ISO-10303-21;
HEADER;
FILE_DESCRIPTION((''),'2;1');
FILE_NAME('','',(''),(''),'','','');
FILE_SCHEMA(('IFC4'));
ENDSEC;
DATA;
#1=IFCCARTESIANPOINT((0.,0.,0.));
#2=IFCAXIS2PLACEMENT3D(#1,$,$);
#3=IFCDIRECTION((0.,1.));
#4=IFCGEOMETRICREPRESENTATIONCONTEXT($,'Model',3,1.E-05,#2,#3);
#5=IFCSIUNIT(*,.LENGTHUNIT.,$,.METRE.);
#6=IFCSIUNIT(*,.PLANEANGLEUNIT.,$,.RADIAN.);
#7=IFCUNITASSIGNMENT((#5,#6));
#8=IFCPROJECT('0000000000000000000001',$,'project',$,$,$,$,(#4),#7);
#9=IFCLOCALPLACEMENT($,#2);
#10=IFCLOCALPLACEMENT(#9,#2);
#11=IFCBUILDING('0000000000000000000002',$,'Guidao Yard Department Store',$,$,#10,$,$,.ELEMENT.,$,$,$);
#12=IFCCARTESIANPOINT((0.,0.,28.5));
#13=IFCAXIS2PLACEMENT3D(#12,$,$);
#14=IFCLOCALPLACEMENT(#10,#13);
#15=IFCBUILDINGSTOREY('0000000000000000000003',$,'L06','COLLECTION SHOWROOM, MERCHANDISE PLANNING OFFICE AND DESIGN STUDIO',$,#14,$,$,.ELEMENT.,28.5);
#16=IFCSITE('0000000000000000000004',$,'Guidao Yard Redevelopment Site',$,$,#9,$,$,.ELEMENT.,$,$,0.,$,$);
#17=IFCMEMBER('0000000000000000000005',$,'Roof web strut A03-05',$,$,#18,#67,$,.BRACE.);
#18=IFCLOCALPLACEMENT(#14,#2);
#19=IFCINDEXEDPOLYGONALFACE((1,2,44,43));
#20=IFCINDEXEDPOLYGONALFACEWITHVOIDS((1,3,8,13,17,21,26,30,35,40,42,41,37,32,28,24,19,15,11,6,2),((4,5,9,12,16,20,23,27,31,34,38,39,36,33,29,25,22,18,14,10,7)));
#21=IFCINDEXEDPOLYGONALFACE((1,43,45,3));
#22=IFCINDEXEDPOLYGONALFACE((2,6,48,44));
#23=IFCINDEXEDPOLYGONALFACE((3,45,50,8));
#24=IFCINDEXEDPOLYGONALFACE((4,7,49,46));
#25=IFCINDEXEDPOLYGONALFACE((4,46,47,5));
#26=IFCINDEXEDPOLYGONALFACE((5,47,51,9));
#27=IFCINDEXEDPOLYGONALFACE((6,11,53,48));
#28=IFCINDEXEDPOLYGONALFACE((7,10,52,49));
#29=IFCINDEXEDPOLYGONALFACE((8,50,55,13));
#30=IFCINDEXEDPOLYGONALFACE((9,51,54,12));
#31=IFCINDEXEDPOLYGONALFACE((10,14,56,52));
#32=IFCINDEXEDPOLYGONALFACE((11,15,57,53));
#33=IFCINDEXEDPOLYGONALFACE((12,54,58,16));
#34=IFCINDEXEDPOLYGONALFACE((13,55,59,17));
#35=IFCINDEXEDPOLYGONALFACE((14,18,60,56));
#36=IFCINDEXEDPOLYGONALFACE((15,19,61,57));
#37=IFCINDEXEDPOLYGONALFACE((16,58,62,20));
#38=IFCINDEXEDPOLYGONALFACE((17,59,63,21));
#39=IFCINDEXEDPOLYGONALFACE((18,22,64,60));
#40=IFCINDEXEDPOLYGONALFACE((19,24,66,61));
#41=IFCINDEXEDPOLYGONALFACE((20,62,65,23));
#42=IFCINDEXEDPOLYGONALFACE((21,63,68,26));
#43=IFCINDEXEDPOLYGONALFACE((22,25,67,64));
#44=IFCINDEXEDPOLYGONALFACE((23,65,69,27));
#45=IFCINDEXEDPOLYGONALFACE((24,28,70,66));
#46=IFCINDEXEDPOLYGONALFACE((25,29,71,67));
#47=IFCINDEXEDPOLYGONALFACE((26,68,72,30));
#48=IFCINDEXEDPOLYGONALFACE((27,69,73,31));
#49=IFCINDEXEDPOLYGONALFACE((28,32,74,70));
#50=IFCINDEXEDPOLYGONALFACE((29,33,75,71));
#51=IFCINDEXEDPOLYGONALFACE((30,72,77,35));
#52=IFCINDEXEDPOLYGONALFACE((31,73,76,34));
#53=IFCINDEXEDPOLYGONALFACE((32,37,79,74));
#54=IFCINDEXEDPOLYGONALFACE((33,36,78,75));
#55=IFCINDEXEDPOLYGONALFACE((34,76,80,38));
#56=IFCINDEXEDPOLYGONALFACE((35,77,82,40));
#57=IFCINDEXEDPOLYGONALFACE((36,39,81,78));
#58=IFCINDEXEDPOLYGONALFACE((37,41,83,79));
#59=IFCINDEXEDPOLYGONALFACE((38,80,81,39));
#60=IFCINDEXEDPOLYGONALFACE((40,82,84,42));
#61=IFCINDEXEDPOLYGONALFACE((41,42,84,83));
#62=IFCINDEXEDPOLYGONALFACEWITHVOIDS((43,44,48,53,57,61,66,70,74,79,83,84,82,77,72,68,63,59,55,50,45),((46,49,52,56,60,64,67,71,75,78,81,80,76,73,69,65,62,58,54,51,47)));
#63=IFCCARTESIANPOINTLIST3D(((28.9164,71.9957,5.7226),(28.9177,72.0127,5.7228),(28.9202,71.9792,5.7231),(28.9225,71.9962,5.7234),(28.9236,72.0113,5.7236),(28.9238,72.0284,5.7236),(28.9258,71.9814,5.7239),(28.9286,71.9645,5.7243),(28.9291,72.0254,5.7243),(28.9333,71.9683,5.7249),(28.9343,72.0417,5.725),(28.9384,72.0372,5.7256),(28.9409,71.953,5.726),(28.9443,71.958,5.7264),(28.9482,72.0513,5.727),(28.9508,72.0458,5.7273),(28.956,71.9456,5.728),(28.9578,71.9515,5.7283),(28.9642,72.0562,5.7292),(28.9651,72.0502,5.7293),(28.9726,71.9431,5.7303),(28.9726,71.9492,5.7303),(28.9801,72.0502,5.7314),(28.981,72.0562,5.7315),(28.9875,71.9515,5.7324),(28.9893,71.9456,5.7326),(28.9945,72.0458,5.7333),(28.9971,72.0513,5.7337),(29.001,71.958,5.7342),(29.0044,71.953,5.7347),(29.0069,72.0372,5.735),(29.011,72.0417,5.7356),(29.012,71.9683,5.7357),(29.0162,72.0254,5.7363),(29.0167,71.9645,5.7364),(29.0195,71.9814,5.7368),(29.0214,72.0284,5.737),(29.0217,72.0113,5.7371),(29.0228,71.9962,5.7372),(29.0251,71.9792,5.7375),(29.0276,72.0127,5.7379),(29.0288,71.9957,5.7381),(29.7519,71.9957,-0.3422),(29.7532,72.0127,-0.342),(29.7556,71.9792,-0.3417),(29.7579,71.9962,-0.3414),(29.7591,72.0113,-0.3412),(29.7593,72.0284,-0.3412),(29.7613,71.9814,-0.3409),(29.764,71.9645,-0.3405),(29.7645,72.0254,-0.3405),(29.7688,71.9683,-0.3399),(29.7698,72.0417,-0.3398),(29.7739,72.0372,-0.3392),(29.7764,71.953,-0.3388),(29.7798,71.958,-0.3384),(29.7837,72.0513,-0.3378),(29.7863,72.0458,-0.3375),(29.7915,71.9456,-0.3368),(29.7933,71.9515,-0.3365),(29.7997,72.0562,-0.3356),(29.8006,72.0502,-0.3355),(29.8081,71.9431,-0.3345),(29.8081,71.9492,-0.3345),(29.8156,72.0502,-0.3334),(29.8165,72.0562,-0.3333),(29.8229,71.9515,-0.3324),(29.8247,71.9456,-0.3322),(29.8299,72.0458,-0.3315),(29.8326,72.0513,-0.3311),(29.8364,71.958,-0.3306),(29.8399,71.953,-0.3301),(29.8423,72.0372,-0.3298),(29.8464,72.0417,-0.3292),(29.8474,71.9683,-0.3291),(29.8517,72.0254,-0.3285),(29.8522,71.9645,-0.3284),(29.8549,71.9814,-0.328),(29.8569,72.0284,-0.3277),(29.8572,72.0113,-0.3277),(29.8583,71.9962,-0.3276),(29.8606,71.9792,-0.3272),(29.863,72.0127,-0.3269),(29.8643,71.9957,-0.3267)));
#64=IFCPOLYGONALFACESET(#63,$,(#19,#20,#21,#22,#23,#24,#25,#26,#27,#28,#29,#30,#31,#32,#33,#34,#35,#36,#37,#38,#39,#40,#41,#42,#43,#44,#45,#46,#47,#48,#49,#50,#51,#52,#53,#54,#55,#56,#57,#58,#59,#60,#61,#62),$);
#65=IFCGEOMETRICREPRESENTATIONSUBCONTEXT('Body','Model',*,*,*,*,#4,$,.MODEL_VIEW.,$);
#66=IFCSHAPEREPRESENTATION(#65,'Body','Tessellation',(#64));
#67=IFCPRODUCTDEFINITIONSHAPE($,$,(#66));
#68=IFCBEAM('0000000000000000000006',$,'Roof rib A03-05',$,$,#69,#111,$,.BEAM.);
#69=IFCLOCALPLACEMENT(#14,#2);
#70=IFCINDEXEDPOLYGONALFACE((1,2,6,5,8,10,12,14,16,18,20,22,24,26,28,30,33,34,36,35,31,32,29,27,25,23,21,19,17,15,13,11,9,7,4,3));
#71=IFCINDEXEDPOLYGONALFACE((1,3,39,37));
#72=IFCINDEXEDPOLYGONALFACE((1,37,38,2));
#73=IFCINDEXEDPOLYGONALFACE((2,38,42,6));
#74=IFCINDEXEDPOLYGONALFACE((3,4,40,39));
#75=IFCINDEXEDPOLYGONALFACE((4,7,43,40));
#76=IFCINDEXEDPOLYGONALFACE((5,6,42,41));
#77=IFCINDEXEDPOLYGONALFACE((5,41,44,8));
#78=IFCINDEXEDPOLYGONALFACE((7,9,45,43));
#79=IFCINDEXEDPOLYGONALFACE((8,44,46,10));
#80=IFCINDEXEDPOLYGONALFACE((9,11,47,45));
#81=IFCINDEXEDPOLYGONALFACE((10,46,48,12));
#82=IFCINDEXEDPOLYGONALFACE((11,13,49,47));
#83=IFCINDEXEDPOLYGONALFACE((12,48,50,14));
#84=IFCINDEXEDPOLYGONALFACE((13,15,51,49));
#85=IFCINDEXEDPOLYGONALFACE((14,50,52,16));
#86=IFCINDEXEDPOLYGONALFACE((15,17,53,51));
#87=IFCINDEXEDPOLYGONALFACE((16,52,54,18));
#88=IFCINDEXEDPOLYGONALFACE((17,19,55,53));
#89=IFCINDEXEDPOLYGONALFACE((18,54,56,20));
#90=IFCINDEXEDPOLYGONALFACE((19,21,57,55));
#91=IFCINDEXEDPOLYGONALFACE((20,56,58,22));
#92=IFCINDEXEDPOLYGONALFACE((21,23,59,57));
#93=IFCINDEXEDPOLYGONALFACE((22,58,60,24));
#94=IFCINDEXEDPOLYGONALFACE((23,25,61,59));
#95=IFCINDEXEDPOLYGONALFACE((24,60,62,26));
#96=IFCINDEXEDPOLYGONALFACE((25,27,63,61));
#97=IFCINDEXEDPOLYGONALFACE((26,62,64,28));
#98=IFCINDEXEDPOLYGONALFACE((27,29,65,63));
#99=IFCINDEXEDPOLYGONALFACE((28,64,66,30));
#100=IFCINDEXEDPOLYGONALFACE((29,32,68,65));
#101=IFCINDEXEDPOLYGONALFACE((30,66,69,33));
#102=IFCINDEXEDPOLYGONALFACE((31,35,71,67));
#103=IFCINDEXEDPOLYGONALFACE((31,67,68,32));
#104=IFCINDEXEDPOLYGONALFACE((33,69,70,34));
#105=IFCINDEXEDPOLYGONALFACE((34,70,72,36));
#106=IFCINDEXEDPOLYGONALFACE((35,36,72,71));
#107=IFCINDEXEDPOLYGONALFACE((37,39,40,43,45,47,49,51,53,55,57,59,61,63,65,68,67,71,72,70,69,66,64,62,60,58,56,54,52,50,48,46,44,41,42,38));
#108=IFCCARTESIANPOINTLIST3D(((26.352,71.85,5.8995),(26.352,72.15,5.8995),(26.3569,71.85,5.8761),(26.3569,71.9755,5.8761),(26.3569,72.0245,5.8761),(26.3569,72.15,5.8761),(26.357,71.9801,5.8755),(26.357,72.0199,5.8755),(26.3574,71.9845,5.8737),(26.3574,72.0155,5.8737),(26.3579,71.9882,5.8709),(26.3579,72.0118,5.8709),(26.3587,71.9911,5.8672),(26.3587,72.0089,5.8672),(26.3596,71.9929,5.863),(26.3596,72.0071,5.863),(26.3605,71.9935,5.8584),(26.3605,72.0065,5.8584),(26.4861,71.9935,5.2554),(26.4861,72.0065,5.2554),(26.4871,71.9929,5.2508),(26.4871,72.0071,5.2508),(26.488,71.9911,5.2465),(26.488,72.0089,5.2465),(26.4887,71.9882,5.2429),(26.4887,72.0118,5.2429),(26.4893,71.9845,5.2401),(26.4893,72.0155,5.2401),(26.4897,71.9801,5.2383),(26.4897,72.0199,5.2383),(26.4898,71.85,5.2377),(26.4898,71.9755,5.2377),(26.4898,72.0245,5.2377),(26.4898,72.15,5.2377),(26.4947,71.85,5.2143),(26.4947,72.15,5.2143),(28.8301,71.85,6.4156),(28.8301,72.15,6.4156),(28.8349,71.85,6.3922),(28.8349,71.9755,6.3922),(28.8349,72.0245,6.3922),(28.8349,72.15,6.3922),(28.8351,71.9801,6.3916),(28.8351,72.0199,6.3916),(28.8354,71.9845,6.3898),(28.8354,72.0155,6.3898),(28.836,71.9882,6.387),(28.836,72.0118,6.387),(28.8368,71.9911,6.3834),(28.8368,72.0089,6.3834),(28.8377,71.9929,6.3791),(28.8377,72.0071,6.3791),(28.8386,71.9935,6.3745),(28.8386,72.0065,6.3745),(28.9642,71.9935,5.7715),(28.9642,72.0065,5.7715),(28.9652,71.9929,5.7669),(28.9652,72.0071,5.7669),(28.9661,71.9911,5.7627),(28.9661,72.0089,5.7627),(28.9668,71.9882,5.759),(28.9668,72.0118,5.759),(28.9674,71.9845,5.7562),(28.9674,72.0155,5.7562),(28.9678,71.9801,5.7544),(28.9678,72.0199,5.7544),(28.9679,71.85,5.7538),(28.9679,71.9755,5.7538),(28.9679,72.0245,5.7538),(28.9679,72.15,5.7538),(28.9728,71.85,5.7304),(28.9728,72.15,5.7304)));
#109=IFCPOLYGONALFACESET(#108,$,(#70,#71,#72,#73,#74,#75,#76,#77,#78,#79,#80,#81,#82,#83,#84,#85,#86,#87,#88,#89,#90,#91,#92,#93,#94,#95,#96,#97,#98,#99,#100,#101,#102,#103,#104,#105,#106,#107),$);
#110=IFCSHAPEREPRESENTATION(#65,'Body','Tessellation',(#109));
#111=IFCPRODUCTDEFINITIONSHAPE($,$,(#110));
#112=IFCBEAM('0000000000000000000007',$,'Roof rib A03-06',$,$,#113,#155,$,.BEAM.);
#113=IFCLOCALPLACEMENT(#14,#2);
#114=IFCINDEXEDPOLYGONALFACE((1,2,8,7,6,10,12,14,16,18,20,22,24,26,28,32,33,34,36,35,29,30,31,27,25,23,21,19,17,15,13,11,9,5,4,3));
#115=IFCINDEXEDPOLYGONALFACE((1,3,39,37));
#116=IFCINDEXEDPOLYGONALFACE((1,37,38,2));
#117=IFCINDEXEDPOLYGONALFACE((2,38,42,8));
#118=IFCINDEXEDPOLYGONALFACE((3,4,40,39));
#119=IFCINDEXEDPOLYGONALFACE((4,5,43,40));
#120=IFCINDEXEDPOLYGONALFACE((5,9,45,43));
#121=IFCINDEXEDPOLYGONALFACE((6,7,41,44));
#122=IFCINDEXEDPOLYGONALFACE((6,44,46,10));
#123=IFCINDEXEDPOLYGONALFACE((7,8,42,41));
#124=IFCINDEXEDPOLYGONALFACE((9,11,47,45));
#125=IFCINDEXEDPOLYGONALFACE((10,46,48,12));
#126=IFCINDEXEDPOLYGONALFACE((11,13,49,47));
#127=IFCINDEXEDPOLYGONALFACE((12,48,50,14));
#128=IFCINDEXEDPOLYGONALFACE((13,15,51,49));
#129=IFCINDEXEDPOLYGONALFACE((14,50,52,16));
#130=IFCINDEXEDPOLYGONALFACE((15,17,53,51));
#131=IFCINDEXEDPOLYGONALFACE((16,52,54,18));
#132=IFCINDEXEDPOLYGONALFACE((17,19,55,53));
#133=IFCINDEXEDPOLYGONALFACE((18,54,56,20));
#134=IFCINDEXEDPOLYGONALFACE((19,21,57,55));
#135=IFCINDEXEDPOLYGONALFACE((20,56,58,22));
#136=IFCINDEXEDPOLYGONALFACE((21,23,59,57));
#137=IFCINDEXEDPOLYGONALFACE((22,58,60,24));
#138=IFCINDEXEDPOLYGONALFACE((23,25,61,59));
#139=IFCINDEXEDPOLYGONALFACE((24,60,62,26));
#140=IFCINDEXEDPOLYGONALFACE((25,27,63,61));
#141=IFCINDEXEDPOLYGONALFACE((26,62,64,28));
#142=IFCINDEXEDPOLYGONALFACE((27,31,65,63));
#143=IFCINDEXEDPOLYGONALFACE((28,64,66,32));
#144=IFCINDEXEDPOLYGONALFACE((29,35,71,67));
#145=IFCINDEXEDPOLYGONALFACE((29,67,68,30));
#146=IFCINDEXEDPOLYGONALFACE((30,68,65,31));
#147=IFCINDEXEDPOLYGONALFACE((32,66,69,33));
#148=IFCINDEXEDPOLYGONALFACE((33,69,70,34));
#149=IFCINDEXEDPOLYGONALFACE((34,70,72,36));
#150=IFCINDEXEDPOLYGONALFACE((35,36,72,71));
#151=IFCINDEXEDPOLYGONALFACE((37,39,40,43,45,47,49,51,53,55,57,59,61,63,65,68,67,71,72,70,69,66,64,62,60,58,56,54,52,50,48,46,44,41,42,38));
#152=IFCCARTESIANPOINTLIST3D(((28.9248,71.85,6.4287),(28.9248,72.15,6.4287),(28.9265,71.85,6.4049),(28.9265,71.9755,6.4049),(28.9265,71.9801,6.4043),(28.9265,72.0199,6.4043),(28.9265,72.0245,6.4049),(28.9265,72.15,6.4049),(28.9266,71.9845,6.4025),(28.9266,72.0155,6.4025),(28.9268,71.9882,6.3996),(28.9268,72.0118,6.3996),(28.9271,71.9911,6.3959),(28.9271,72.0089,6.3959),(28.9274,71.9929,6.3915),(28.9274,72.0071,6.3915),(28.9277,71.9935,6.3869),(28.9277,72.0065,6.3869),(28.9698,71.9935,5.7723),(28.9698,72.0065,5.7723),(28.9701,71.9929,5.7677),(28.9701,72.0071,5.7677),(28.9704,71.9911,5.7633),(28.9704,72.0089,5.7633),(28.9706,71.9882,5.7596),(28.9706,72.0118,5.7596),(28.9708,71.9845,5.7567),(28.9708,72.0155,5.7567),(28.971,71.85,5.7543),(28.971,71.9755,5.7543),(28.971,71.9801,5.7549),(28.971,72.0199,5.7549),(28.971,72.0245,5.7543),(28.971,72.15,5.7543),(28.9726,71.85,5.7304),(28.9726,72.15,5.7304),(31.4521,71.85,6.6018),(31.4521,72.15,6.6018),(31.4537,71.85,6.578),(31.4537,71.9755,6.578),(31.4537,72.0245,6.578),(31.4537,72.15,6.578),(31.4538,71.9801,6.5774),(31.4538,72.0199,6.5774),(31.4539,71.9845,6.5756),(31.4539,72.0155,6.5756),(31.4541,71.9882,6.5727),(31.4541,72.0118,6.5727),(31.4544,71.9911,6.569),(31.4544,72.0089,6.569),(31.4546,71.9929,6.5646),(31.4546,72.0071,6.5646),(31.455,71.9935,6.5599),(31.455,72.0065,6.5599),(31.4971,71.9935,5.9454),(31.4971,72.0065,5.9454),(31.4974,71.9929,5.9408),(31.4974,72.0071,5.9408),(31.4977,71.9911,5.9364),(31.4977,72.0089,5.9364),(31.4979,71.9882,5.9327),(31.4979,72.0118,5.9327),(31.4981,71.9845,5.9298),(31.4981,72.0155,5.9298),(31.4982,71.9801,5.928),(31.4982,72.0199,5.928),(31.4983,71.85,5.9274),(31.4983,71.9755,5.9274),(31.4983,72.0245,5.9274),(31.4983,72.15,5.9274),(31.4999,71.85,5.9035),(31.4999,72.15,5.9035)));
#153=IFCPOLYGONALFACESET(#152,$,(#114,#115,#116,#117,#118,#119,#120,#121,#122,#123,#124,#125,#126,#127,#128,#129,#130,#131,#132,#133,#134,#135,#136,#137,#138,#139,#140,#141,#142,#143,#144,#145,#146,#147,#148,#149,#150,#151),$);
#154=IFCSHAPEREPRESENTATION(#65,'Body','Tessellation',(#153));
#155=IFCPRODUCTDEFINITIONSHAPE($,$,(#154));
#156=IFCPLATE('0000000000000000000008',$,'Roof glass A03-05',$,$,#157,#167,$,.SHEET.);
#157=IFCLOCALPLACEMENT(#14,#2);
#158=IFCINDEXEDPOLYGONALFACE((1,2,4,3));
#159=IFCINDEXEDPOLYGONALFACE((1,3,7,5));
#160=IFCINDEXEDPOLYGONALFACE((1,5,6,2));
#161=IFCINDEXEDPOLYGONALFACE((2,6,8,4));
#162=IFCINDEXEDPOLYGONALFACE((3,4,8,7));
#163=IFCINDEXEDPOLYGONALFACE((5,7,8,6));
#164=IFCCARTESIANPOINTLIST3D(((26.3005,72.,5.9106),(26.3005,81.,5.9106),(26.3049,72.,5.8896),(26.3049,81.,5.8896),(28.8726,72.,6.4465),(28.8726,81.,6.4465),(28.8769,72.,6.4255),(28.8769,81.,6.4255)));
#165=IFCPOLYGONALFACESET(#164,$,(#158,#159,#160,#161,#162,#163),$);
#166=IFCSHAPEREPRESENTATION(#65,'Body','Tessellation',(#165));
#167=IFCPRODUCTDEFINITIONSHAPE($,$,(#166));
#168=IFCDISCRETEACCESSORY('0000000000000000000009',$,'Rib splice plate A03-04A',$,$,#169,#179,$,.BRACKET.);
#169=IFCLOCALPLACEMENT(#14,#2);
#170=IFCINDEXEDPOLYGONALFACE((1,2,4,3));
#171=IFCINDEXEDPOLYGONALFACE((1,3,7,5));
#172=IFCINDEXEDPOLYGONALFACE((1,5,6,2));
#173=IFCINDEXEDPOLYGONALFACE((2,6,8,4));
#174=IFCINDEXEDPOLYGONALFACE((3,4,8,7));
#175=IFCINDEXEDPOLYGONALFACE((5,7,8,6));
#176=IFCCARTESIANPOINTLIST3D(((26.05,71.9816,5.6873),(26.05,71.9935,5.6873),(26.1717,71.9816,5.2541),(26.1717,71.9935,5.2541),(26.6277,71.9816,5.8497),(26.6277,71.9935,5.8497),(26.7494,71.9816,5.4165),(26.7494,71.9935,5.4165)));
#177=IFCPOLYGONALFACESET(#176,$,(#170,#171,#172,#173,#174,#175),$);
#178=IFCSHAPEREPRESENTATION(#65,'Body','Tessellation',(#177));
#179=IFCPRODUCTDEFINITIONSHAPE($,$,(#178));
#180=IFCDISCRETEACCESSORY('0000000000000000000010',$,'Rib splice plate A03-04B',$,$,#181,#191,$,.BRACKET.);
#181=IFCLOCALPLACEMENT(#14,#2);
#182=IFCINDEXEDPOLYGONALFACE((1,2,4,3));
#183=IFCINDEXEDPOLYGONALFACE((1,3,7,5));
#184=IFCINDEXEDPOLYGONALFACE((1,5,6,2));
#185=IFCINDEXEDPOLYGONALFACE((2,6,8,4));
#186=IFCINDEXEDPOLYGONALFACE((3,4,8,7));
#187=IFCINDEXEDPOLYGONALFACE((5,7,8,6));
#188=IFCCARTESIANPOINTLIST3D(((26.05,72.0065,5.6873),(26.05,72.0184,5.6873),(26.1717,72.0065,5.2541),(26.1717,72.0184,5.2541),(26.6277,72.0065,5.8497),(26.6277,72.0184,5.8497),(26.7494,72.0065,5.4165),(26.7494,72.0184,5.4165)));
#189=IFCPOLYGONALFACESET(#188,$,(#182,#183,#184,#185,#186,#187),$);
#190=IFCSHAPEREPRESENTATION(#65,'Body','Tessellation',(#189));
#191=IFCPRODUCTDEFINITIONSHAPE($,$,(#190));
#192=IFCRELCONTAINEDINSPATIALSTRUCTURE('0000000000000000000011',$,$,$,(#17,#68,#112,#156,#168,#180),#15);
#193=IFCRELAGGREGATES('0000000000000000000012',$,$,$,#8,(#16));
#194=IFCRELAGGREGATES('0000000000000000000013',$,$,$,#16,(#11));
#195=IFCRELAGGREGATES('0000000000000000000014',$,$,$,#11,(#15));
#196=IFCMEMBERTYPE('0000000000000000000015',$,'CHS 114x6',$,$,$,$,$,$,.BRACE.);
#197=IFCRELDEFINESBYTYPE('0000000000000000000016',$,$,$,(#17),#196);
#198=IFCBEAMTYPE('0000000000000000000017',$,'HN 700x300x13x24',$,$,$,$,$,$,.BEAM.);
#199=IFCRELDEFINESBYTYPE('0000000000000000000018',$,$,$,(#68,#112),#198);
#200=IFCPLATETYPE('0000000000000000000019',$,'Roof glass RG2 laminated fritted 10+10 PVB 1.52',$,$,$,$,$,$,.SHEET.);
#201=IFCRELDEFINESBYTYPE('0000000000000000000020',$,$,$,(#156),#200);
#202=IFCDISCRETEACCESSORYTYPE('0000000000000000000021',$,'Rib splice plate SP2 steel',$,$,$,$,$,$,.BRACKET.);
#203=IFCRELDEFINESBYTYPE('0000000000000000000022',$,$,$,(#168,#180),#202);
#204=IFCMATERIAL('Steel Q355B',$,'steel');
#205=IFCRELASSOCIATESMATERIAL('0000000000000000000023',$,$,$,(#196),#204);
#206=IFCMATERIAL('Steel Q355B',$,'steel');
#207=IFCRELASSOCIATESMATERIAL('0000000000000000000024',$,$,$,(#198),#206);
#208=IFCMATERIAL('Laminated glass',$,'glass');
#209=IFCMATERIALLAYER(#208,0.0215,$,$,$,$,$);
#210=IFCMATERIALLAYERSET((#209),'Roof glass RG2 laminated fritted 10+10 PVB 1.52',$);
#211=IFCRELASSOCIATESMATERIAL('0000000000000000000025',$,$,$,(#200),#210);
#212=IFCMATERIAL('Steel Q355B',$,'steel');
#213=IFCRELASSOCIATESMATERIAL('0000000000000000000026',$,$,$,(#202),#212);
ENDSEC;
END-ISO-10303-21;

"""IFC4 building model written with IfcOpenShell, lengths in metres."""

from ifc_helpers import new_model, si_unit, direction, frame, origin, origin_2d, place, context, subcontext, project, spatial, polyline, rectangle, hollow_circle, i_section, outline, extrude, material, layer, layer_set, material_profile, profile_set, type_object, element, save


model = new_model("IFC4")

# Units and contexts
model_context = context("Model", 3, precision=1e-05, world=origin(), true_north=direction((0.0, 1.0)))
body_context = subcontext(model_context, "Body", "Model", "MODEL_VIEW")
ifc_project = project(units=[si_unit("LENGTHUNIT", "METRE"), si_unit("PLANEANGLEUNIT", "RADIAN")], contexts=[model_context])

# Site, building, storey
site_placement = place(None, origin())
site = spatial("IfcSite", under=ifc_project, at=site_placement, Name="Guidao Yard Redevelopment Site", CompositionType="ELEMENT", RefElevation=0.0)
building_placement = place(site_placement, origin())
building = spatial("IfcBuilding", under=site, at=building_placement, Name="Guidao Yard Department Store", CompositionType="ELEMENT")
storey_placement = place(building_placement, frame((0.0, 0.0, 28.5)))
storey = spatial("IfcBuildingStorey", under=building, at=storey_placement, Name="L06", Description="COLLECTION SHOWROOM, MERCHANDISE PLANNING OFFICE AND DESIGN STUDIO", CompositionType="ELEMENT", Elevation=28.5)

# Member
ifc_material_1 = material(Name="Steel Q355B", Category="steel")
ifc_material_profile_1 = material_profile(ifc_material_1, hollow_circle(Radius=0.0569, WallThickness=0.0061, at=origin_2d()), Name="CHS 114x6")
ifc_profile_set_1 = profile_set([ifc_material_profile_1], Name="Steel Q355B")
member_type = type_object("IfcMemberType", Name="CHS 114x6", PredefinedType="BRACE", material=ifc_profile_set_1)
member_1_placement = place(storey_placement, frame((29.8081, 72.0, -0.3345), z_axis=(-0.136467, 0.0, 0.990645), x_axis=(0.0, -1.0, 0.0)))
element("IfcMember", 1, at=member_1_placement, inside=storey, type_object=member_type, Name="Roof web strut A03-05", PredefinedType="BRACE", context=body_context, shape_type="SweptSolid", body=[
    extrude(hollow_circle(Radius=0.0569, WallThickness=0.0061, at=origin_2d()), origin(), (0.0, 0.0, 1.0), 6.1221),
])

# Beams
ifc_material_2 = material(Name="Steel Q355B", Category="steel")
ifc_material_profile_2 = material_profile(ifc_material_2, i_section(OverallWidth=0.3, OverallDepth=0.7, WebThickness=0.0129, FlangeThickness=0.0239, FilletRadius=0.0181, at=origin_2d()), Name="HN 700x300x13x24")
ifc_profile_set_2 = profile_set([ifc_material_profile_2], Name="Steel Q355B")
beam_type = type_object("IfcBeamType", Name="HN 700x300x13x24", PredefinedType="BEAM", material=ifc_profile_set_2)
beam_1_placement = place(storey_placement, frame((26.4233, 72.0, 5.5569), z_axis=(0.978992, 0.0, 0.2039), x_axis=(0.0, 1.0, 0.0)))
element("IfcBeam", 2, at=beam_1_placement, inside=storey, type_object=beam_type, Name="Roof rib A03-05", PredefinedType="BEAM", context=body_context, shape_type="SweptSolid", body=[
    extrude(i_section(OverallWidth=0.3, OverallDepth=0.7, WebThickness=0.0129, FlangeThickness=0.0239, FilletRadius=0.0181, at=origin_2d()), origin(), (0.0, 0.0, 1.0), 2.5312),
])
beam_2_placement = place(storey_placement, frame((28.9487, 72.0, 6.0796), z_axis=(0.997663, 0.0, 0.068329), x_axis=(0.0, 1.0, 0.0)))
element("IfcBeam", 3, at=beam_2_placement, inside=storey, type_object=beam_type, Name="Roof rib A03-06", PredefinedType="BEAM", context=body_context, shape_type="SweptSolid", body=[
    extrude(i_section(OverallWidth=0.3, OverallDepth=0.7, WebThickness=0.0129, FlangeThickness=0.0239, FilletRadius=0.0181, at=origin_2d()), origin(), (0.0, 0.0, 1.0), 2.5332),
])

# Plate
ifc_material_3 = material(Name="Laminated glass", Category="glass")
ifc_layer = layer(ifc_material_3, 0.0215)
ifc_layer_set = layer_set([ifc_layer], Name="Roof glass RG2 laminated fritted 10+10 PVB 1.52")
plate_type = type_object("IfcPlateType", Name="Roof glass RG2 laminated fritted 10+10 PVB 1.52", PredefinedType="SHEET", material=ifc_layer_set)
plate_placement = place(storey_placement, frame((26.3005, 72.0, 5.9106), z_axis=(-0.203973, 0.0, 0.978977), x_axis=(0.978977, 0.0, 0.203973)))
element("IfcPlate", 4, at=plate_placement, inside=storey, type_object=plate_type, Name="Roof glass A03-05", PredefinedType="SHEET", context=body_context, shape_type="SweptSolid", body=[
    extrude(outline(polyline([(0.0, 0.0), (2.6273, 0.0), (2.6273, 9.0), (0.0, 9.0), (0.0, 0.0)])), origin(), (0.0, 0.0, -1.0), 0.0215),
])

# Discrete accessories
ifc_material_4 = material(Name="Steel Q355B", Category="steel")
ifc_material_profile_3 = material_profile(ifc_material_4, rectangle(XDim=0.012, YDim=0.45, at=origin_2d()), Name="Splice plate 450x12")
ifc_profile_set_3 = profile_set([ifc_material_profile_3], Name="Steel Q355B")
discrete_accessory_type_1 = type_object("IfcDiscreteAccessoryType", Name="Rib splice plate SP2 steel", PredefinedType="BRACKET", material=ifc_profile_set_3)
for number, where, z_axis, x_axis, name in (
    (5, (26.1108, 71.9875, 5.4707), (0.962697, 0.0, 0.270581), (0.0, 1.0, 0.0), "Rib splice plate A03-04A"),
    (6, (26.1108, 72.0125, 5.4707), (0.962697, 0.0, 0.270581), (0.0, 1.0, 0.0), "Rib splice plate A03-04B"),
):
    element("IfcDiscreteAccessory", number, at=place(storey_placement, frame(where, z_axis=z_axis, x_axis=x_axis)), inside=storey, type_object=discrete_accessory_type_1, Name=name, PredefinedType="BRACKET", context=body_context, shape_type="SweptSolid", body=[
        extrude(rectangle(XDim=0.012, YDim=0.45, at=origin_2d()), origin(), (0.0, 0.0, 1.0), 0.6001),
    ])

save(model, "model.ifc")
